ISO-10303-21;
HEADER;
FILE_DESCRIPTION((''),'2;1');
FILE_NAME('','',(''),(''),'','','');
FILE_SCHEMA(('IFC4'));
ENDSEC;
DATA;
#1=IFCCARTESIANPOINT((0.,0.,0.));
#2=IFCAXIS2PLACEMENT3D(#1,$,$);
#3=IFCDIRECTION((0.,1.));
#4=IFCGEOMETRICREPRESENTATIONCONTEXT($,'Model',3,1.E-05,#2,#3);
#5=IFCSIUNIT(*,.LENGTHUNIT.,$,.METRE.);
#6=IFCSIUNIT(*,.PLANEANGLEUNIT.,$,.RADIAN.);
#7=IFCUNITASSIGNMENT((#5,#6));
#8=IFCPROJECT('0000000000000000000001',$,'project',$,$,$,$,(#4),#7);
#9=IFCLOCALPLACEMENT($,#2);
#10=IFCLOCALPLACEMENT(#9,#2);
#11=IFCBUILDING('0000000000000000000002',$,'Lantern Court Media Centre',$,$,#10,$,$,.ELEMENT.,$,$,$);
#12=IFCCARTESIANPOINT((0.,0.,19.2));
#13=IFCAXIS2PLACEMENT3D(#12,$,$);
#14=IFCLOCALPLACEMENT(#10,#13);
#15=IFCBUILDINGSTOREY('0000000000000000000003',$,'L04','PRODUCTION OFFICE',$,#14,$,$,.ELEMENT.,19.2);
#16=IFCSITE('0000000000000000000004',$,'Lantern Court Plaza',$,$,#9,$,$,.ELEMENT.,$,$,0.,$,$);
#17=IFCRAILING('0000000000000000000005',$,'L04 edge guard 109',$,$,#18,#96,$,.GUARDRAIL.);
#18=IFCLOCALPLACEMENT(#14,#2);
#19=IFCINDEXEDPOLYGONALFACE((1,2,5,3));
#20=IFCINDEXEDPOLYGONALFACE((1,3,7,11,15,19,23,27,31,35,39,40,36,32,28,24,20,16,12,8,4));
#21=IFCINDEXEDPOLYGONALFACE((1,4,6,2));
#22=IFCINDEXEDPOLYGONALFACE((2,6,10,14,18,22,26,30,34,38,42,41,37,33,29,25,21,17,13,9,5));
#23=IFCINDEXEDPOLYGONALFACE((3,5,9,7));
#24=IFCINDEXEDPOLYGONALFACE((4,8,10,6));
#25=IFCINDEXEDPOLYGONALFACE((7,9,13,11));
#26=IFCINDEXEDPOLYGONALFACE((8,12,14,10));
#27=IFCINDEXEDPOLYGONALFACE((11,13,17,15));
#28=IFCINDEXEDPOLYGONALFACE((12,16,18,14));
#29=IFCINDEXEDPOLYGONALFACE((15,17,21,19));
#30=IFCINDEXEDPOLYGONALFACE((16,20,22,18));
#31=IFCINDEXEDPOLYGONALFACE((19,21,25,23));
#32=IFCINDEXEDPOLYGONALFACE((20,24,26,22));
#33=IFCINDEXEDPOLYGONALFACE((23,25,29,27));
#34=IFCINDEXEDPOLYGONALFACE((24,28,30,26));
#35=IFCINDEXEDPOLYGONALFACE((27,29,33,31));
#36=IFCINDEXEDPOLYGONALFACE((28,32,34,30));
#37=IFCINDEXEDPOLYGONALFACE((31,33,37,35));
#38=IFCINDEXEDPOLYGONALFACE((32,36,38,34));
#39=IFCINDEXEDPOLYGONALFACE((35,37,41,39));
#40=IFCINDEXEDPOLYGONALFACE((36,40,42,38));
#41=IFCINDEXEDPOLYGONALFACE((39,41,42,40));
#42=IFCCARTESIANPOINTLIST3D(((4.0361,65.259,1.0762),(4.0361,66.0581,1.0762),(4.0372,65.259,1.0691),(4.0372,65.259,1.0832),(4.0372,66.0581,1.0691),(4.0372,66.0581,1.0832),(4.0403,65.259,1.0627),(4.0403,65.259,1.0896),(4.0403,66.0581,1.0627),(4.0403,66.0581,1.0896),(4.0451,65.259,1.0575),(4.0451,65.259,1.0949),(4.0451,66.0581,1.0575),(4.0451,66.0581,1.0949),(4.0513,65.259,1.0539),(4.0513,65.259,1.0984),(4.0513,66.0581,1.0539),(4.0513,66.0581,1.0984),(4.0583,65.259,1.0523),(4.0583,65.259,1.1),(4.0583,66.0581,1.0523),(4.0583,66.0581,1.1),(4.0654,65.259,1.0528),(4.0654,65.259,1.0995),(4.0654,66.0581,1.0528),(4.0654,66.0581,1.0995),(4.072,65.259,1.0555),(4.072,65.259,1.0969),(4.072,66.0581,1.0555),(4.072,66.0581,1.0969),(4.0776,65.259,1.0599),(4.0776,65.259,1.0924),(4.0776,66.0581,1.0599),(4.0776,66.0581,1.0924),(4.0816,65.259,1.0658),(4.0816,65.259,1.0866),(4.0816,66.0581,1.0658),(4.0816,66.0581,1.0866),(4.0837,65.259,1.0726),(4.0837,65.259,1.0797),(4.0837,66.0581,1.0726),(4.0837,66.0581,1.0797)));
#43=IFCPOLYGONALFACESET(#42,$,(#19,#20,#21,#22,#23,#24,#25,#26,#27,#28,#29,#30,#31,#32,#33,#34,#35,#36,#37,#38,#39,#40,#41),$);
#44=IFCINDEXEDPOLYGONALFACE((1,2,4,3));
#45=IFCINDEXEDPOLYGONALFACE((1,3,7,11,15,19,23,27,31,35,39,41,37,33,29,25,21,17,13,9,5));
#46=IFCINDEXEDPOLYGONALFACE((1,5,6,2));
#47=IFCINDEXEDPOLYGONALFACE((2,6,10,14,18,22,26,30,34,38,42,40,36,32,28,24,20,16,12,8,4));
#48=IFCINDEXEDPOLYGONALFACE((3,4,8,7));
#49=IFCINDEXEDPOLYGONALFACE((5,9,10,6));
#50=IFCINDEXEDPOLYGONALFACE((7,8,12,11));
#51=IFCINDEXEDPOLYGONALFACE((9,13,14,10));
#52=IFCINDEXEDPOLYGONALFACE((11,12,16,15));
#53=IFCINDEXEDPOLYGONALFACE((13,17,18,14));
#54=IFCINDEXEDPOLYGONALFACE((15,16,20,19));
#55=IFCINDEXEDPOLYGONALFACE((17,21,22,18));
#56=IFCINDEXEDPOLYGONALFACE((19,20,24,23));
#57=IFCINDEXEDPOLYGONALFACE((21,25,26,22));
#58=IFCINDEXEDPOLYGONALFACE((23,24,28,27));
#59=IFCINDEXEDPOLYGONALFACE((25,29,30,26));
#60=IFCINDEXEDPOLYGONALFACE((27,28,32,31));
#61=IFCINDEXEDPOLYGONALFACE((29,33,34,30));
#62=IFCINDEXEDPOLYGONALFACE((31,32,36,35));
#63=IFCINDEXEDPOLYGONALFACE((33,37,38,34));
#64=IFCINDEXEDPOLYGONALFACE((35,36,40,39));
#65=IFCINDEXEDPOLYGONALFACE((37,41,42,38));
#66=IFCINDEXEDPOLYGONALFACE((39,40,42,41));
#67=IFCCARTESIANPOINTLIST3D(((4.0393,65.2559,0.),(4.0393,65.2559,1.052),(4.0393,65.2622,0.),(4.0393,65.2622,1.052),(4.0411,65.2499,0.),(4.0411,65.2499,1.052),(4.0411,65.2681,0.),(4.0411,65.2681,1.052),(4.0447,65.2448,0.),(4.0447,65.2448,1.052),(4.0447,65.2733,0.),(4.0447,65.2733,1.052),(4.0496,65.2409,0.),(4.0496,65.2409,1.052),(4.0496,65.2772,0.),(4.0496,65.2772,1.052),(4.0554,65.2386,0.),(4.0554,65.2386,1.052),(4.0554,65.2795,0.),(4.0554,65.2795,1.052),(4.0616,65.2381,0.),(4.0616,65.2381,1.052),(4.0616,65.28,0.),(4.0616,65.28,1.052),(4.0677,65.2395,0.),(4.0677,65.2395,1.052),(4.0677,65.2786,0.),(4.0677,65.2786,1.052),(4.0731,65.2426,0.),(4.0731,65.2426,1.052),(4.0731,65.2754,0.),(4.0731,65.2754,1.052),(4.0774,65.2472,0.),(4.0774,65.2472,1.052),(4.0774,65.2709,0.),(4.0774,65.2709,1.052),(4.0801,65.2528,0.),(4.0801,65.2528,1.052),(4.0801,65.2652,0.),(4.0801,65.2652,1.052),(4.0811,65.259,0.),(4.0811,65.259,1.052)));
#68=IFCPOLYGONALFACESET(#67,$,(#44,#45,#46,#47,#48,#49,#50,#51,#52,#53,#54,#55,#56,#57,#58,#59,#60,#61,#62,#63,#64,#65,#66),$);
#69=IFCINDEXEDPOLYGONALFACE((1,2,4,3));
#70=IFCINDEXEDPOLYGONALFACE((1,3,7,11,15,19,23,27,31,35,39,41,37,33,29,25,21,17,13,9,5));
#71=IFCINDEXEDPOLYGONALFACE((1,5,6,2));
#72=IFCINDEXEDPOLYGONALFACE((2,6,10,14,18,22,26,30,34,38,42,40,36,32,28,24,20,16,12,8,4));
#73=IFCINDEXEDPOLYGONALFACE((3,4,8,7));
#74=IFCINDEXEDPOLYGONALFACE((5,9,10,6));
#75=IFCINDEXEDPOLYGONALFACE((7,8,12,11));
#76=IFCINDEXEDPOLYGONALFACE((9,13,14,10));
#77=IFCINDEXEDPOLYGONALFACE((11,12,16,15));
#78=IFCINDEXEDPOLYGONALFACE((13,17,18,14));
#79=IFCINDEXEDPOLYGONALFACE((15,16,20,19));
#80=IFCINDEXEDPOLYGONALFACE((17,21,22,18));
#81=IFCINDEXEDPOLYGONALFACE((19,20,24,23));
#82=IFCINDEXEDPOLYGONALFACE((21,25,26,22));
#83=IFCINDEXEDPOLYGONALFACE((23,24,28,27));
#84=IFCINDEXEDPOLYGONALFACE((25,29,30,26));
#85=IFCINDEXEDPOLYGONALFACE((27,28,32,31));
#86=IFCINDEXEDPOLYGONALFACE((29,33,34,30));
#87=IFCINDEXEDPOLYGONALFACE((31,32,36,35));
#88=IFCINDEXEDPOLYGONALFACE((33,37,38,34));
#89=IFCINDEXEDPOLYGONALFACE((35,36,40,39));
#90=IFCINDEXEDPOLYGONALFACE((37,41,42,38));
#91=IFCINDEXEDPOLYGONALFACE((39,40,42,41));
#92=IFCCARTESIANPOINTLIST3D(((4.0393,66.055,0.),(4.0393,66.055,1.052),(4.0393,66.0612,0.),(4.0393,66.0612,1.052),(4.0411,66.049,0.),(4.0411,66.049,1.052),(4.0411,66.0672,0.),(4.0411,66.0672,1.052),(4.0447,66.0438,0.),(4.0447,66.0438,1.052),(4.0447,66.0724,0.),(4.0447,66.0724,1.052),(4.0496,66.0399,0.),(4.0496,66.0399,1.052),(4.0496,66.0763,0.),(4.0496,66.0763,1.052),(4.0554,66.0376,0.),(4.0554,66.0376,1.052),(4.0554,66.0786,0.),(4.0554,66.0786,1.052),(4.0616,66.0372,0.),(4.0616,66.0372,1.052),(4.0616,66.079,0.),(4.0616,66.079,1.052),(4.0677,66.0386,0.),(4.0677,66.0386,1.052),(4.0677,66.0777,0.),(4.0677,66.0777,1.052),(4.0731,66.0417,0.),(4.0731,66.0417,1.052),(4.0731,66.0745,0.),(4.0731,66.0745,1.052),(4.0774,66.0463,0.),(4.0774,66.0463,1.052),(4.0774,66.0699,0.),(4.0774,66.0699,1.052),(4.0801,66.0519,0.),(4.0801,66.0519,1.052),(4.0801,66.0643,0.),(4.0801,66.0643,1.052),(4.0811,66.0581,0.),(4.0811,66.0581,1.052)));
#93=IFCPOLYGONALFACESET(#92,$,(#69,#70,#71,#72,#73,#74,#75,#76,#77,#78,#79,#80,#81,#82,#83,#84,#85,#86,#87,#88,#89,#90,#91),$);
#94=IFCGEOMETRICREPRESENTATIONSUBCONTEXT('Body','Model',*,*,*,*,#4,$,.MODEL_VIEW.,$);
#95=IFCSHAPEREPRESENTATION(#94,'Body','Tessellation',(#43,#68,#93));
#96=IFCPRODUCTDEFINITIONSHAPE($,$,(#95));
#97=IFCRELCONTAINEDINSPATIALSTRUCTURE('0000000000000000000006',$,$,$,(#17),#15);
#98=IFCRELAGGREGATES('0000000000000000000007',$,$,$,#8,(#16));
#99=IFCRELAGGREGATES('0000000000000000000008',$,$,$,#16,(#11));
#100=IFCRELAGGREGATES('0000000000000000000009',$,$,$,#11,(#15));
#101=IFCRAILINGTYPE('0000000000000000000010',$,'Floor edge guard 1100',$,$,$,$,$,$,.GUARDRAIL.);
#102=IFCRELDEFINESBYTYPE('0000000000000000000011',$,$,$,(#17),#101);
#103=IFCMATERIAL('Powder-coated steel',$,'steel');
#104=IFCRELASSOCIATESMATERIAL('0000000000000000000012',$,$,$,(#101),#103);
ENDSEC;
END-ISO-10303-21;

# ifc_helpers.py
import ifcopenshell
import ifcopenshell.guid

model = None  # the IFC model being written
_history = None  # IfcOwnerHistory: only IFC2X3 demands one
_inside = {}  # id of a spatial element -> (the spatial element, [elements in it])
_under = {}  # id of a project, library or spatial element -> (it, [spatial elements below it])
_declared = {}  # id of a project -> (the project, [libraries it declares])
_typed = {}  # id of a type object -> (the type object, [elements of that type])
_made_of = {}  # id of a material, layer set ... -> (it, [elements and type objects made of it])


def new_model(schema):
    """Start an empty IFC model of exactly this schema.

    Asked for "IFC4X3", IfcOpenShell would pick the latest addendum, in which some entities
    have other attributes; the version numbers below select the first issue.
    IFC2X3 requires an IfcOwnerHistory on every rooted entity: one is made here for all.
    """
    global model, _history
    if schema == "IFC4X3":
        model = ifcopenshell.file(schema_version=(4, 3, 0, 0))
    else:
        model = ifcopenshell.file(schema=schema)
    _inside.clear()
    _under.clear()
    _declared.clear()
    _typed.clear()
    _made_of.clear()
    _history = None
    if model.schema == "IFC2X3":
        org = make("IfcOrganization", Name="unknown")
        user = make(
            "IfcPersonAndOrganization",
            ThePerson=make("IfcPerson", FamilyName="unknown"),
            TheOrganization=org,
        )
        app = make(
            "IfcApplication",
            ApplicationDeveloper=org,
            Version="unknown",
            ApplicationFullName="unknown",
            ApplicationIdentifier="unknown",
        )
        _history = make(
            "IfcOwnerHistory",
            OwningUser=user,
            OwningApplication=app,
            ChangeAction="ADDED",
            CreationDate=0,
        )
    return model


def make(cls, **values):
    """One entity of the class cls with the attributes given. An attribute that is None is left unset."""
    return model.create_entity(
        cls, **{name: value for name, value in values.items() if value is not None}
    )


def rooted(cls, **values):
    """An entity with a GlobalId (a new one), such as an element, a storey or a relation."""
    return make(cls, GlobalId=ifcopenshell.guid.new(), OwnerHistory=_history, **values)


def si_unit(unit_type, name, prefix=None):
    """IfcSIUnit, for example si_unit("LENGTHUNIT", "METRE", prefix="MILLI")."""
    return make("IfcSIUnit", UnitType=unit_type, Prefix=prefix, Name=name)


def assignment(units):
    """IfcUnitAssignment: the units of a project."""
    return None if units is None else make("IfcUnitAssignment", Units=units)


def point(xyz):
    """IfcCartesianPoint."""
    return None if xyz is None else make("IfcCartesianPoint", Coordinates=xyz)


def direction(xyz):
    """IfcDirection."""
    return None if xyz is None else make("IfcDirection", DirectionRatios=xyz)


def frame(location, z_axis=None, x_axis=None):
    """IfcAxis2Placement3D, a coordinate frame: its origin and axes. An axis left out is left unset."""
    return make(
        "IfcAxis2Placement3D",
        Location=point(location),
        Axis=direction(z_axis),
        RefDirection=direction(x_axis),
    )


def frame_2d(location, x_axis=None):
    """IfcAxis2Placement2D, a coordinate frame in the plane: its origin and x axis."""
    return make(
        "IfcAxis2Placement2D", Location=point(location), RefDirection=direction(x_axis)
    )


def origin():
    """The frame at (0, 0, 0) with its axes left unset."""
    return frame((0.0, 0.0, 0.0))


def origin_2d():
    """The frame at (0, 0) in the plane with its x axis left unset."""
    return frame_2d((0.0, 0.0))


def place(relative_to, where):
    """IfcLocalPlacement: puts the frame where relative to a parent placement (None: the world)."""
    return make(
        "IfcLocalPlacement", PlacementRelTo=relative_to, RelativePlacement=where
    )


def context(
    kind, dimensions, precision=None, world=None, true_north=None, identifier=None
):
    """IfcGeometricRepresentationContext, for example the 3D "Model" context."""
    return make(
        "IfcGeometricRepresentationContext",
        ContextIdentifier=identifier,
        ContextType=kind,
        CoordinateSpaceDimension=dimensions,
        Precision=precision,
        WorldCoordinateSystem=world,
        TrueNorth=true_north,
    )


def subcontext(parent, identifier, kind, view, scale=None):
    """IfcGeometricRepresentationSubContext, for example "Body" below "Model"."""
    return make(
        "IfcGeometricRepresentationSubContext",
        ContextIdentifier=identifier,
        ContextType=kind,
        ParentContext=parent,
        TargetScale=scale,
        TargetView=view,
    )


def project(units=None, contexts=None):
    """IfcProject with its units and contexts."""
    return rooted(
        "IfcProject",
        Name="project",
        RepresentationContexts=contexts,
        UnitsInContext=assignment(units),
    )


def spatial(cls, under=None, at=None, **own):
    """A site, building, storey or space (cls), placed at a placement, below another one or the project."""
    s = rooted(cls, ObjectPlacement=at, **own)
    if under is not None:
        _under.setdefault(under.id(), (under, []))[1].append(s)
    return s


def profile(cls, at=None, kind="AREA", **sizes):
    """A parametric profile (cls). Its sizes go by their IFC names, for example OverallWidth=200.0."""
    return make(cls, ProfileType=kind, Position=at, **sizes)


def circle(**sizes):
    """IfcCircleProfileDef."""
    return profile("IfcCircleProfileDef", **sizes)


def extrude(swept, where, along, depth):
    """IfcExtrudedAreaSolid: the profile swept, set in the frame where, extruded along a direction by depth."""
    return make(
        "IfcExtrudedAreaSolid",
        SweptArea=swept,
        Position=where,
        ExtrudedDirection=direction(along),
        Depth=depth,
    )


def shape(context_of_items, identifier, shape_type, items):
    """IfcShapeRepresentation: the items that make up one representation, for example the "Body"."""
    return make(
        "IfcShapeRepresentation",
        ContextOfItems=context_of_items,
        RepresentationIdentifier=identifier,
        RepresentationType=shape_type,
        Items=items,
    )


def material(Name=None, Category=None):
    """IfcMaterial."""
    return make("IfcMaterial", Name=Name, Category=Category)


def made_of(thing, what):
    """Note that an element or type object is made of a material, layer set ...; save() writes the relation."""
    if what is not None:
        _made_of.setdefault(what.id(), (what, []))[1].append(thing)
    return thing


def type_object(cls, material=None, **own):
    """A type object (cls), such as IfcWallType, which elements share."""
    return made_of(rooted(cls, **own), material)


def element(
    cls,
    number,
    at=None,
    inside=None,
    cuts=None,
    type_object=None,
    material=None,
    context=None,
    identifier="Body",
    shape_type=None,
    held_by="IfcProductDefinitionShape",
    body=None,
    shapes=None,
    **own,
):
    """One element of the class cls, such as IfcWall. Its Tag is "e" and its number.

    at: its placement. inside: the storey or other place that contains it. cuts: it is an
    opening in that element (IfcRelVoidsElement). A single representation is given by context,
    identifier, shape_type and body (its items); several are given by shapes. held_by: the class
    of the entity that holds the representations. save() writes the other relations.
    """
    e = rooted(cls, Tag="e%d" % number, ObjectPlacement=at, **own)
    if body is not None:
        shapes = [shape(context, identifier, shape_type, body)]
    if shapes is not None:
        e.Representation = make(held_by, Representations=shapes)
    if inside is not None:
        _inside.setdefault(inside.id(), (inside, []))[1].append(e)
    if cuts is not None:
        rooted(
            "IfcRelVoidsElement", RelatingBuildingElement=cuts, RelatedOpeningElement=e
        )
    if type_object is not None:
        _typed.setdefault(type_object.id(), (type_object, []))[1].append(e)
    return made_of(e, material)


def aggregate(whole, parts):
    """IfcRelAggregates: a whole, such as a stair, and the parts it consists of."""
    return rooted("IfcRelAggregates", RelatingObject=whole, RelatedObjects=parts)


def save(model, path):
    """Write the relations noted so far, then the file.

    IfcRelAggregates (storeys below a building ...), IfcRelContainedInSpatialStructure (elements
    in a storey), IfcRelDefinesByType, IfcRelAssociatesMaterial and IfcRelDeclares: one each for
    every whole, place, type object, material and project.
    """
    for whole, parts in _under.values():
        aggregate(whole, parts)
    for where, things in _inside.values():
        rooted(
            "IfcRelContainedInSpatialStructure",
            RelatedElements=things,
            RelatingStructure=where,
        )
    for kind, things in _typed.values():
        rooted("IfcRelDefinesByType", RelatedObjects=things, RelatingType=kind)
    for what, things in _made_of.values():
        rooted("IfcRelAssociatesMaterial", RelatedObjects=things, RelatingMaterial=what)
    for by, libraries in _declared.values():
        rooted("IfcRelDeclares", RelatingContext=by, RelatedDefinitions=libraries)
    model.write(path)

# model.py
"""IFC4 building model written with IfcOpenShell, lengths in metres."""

from ifc_helpers import new_model, si_unit, direction, frame, origin, origin_2d, place, context, subcontext, project, spatial, circle, extrude, material, type_object, element, save


model = new_model("IFC4")

# Units and contexts
model_context = context("Model", 3, precision=1e-05, world=origin(), true_north=direction((0.0, 1.0)))
body_context = subcontext(model_context, "Body", "Model", "MODEL_VIEW")
ifc_project = project(units=[si_unit("LENGTHUNIT", "METRE"), si_unit("PLANEANGLEUNIT", "RADIAN")], contexts=[model_context])

# Site, building, storey
site_placement = place(None, origin())
site = spatial("IfcSite", under=ifc_project, at=site_placement, Name="Lantern Court Plaza", CompositionType="ELEMENT", RefElevation=0.0)
building_placement = place(site_placement, origin())
building = spatial("IfcBuilding", under=site, at=building_placement, Name="Lantern Court Media Centre", CompositionType="ELEMENT")
storey_placement = place(building_placement, frame((0.0, 0.0, 19.2)))
storey = spatial("IfcBuildingStorey", under=building, at=storey_placement, Name="L04", Description="PRODUCTION OFFICE", CompositionType="ELEMENT", Elevation=19.2)

# Railing
ifc_material_1 = material(Name="Powder-coated steel", Category="steel")
railing_type = type_object("IfcRailingType", Name="Floor edge guard 1100", PredefinedType="GUARDRAIL", material=ifc_material_1)
railing_1_placement = place(storey_placement, frame((4.0601, 65.259, 0.0)))
element("IfcRailing", 1, at=railing_1_placement, inside=storey, type_object=railing_type, Name="L04 edge guard 109", PredefinedType="GUARDRAIL", context=body_context, shape_type="SweptSolid", body=[
    extrude(circle(Radius=0.0239, at=origin_2d()), frame((0.0, 0.0, 1.0762), z_axis=(0.0, 1.0, 0.0), x_axis=(-1.0, 0.0, 0.0)), (0.0, 0.0, 1.0), 0.7991),
    extrude(circle(Radius=0.021, at=origin_2d()), origin(), (0.0, 0.0, 1.0), 1.052),
    extrude(circle(Radius=0.021, at=origin_2d()), frame((0.0, 0.7991, 0.0)), (0.0, 0.0, 1.0), 1.052),
])

save(model, "model.ifc")
